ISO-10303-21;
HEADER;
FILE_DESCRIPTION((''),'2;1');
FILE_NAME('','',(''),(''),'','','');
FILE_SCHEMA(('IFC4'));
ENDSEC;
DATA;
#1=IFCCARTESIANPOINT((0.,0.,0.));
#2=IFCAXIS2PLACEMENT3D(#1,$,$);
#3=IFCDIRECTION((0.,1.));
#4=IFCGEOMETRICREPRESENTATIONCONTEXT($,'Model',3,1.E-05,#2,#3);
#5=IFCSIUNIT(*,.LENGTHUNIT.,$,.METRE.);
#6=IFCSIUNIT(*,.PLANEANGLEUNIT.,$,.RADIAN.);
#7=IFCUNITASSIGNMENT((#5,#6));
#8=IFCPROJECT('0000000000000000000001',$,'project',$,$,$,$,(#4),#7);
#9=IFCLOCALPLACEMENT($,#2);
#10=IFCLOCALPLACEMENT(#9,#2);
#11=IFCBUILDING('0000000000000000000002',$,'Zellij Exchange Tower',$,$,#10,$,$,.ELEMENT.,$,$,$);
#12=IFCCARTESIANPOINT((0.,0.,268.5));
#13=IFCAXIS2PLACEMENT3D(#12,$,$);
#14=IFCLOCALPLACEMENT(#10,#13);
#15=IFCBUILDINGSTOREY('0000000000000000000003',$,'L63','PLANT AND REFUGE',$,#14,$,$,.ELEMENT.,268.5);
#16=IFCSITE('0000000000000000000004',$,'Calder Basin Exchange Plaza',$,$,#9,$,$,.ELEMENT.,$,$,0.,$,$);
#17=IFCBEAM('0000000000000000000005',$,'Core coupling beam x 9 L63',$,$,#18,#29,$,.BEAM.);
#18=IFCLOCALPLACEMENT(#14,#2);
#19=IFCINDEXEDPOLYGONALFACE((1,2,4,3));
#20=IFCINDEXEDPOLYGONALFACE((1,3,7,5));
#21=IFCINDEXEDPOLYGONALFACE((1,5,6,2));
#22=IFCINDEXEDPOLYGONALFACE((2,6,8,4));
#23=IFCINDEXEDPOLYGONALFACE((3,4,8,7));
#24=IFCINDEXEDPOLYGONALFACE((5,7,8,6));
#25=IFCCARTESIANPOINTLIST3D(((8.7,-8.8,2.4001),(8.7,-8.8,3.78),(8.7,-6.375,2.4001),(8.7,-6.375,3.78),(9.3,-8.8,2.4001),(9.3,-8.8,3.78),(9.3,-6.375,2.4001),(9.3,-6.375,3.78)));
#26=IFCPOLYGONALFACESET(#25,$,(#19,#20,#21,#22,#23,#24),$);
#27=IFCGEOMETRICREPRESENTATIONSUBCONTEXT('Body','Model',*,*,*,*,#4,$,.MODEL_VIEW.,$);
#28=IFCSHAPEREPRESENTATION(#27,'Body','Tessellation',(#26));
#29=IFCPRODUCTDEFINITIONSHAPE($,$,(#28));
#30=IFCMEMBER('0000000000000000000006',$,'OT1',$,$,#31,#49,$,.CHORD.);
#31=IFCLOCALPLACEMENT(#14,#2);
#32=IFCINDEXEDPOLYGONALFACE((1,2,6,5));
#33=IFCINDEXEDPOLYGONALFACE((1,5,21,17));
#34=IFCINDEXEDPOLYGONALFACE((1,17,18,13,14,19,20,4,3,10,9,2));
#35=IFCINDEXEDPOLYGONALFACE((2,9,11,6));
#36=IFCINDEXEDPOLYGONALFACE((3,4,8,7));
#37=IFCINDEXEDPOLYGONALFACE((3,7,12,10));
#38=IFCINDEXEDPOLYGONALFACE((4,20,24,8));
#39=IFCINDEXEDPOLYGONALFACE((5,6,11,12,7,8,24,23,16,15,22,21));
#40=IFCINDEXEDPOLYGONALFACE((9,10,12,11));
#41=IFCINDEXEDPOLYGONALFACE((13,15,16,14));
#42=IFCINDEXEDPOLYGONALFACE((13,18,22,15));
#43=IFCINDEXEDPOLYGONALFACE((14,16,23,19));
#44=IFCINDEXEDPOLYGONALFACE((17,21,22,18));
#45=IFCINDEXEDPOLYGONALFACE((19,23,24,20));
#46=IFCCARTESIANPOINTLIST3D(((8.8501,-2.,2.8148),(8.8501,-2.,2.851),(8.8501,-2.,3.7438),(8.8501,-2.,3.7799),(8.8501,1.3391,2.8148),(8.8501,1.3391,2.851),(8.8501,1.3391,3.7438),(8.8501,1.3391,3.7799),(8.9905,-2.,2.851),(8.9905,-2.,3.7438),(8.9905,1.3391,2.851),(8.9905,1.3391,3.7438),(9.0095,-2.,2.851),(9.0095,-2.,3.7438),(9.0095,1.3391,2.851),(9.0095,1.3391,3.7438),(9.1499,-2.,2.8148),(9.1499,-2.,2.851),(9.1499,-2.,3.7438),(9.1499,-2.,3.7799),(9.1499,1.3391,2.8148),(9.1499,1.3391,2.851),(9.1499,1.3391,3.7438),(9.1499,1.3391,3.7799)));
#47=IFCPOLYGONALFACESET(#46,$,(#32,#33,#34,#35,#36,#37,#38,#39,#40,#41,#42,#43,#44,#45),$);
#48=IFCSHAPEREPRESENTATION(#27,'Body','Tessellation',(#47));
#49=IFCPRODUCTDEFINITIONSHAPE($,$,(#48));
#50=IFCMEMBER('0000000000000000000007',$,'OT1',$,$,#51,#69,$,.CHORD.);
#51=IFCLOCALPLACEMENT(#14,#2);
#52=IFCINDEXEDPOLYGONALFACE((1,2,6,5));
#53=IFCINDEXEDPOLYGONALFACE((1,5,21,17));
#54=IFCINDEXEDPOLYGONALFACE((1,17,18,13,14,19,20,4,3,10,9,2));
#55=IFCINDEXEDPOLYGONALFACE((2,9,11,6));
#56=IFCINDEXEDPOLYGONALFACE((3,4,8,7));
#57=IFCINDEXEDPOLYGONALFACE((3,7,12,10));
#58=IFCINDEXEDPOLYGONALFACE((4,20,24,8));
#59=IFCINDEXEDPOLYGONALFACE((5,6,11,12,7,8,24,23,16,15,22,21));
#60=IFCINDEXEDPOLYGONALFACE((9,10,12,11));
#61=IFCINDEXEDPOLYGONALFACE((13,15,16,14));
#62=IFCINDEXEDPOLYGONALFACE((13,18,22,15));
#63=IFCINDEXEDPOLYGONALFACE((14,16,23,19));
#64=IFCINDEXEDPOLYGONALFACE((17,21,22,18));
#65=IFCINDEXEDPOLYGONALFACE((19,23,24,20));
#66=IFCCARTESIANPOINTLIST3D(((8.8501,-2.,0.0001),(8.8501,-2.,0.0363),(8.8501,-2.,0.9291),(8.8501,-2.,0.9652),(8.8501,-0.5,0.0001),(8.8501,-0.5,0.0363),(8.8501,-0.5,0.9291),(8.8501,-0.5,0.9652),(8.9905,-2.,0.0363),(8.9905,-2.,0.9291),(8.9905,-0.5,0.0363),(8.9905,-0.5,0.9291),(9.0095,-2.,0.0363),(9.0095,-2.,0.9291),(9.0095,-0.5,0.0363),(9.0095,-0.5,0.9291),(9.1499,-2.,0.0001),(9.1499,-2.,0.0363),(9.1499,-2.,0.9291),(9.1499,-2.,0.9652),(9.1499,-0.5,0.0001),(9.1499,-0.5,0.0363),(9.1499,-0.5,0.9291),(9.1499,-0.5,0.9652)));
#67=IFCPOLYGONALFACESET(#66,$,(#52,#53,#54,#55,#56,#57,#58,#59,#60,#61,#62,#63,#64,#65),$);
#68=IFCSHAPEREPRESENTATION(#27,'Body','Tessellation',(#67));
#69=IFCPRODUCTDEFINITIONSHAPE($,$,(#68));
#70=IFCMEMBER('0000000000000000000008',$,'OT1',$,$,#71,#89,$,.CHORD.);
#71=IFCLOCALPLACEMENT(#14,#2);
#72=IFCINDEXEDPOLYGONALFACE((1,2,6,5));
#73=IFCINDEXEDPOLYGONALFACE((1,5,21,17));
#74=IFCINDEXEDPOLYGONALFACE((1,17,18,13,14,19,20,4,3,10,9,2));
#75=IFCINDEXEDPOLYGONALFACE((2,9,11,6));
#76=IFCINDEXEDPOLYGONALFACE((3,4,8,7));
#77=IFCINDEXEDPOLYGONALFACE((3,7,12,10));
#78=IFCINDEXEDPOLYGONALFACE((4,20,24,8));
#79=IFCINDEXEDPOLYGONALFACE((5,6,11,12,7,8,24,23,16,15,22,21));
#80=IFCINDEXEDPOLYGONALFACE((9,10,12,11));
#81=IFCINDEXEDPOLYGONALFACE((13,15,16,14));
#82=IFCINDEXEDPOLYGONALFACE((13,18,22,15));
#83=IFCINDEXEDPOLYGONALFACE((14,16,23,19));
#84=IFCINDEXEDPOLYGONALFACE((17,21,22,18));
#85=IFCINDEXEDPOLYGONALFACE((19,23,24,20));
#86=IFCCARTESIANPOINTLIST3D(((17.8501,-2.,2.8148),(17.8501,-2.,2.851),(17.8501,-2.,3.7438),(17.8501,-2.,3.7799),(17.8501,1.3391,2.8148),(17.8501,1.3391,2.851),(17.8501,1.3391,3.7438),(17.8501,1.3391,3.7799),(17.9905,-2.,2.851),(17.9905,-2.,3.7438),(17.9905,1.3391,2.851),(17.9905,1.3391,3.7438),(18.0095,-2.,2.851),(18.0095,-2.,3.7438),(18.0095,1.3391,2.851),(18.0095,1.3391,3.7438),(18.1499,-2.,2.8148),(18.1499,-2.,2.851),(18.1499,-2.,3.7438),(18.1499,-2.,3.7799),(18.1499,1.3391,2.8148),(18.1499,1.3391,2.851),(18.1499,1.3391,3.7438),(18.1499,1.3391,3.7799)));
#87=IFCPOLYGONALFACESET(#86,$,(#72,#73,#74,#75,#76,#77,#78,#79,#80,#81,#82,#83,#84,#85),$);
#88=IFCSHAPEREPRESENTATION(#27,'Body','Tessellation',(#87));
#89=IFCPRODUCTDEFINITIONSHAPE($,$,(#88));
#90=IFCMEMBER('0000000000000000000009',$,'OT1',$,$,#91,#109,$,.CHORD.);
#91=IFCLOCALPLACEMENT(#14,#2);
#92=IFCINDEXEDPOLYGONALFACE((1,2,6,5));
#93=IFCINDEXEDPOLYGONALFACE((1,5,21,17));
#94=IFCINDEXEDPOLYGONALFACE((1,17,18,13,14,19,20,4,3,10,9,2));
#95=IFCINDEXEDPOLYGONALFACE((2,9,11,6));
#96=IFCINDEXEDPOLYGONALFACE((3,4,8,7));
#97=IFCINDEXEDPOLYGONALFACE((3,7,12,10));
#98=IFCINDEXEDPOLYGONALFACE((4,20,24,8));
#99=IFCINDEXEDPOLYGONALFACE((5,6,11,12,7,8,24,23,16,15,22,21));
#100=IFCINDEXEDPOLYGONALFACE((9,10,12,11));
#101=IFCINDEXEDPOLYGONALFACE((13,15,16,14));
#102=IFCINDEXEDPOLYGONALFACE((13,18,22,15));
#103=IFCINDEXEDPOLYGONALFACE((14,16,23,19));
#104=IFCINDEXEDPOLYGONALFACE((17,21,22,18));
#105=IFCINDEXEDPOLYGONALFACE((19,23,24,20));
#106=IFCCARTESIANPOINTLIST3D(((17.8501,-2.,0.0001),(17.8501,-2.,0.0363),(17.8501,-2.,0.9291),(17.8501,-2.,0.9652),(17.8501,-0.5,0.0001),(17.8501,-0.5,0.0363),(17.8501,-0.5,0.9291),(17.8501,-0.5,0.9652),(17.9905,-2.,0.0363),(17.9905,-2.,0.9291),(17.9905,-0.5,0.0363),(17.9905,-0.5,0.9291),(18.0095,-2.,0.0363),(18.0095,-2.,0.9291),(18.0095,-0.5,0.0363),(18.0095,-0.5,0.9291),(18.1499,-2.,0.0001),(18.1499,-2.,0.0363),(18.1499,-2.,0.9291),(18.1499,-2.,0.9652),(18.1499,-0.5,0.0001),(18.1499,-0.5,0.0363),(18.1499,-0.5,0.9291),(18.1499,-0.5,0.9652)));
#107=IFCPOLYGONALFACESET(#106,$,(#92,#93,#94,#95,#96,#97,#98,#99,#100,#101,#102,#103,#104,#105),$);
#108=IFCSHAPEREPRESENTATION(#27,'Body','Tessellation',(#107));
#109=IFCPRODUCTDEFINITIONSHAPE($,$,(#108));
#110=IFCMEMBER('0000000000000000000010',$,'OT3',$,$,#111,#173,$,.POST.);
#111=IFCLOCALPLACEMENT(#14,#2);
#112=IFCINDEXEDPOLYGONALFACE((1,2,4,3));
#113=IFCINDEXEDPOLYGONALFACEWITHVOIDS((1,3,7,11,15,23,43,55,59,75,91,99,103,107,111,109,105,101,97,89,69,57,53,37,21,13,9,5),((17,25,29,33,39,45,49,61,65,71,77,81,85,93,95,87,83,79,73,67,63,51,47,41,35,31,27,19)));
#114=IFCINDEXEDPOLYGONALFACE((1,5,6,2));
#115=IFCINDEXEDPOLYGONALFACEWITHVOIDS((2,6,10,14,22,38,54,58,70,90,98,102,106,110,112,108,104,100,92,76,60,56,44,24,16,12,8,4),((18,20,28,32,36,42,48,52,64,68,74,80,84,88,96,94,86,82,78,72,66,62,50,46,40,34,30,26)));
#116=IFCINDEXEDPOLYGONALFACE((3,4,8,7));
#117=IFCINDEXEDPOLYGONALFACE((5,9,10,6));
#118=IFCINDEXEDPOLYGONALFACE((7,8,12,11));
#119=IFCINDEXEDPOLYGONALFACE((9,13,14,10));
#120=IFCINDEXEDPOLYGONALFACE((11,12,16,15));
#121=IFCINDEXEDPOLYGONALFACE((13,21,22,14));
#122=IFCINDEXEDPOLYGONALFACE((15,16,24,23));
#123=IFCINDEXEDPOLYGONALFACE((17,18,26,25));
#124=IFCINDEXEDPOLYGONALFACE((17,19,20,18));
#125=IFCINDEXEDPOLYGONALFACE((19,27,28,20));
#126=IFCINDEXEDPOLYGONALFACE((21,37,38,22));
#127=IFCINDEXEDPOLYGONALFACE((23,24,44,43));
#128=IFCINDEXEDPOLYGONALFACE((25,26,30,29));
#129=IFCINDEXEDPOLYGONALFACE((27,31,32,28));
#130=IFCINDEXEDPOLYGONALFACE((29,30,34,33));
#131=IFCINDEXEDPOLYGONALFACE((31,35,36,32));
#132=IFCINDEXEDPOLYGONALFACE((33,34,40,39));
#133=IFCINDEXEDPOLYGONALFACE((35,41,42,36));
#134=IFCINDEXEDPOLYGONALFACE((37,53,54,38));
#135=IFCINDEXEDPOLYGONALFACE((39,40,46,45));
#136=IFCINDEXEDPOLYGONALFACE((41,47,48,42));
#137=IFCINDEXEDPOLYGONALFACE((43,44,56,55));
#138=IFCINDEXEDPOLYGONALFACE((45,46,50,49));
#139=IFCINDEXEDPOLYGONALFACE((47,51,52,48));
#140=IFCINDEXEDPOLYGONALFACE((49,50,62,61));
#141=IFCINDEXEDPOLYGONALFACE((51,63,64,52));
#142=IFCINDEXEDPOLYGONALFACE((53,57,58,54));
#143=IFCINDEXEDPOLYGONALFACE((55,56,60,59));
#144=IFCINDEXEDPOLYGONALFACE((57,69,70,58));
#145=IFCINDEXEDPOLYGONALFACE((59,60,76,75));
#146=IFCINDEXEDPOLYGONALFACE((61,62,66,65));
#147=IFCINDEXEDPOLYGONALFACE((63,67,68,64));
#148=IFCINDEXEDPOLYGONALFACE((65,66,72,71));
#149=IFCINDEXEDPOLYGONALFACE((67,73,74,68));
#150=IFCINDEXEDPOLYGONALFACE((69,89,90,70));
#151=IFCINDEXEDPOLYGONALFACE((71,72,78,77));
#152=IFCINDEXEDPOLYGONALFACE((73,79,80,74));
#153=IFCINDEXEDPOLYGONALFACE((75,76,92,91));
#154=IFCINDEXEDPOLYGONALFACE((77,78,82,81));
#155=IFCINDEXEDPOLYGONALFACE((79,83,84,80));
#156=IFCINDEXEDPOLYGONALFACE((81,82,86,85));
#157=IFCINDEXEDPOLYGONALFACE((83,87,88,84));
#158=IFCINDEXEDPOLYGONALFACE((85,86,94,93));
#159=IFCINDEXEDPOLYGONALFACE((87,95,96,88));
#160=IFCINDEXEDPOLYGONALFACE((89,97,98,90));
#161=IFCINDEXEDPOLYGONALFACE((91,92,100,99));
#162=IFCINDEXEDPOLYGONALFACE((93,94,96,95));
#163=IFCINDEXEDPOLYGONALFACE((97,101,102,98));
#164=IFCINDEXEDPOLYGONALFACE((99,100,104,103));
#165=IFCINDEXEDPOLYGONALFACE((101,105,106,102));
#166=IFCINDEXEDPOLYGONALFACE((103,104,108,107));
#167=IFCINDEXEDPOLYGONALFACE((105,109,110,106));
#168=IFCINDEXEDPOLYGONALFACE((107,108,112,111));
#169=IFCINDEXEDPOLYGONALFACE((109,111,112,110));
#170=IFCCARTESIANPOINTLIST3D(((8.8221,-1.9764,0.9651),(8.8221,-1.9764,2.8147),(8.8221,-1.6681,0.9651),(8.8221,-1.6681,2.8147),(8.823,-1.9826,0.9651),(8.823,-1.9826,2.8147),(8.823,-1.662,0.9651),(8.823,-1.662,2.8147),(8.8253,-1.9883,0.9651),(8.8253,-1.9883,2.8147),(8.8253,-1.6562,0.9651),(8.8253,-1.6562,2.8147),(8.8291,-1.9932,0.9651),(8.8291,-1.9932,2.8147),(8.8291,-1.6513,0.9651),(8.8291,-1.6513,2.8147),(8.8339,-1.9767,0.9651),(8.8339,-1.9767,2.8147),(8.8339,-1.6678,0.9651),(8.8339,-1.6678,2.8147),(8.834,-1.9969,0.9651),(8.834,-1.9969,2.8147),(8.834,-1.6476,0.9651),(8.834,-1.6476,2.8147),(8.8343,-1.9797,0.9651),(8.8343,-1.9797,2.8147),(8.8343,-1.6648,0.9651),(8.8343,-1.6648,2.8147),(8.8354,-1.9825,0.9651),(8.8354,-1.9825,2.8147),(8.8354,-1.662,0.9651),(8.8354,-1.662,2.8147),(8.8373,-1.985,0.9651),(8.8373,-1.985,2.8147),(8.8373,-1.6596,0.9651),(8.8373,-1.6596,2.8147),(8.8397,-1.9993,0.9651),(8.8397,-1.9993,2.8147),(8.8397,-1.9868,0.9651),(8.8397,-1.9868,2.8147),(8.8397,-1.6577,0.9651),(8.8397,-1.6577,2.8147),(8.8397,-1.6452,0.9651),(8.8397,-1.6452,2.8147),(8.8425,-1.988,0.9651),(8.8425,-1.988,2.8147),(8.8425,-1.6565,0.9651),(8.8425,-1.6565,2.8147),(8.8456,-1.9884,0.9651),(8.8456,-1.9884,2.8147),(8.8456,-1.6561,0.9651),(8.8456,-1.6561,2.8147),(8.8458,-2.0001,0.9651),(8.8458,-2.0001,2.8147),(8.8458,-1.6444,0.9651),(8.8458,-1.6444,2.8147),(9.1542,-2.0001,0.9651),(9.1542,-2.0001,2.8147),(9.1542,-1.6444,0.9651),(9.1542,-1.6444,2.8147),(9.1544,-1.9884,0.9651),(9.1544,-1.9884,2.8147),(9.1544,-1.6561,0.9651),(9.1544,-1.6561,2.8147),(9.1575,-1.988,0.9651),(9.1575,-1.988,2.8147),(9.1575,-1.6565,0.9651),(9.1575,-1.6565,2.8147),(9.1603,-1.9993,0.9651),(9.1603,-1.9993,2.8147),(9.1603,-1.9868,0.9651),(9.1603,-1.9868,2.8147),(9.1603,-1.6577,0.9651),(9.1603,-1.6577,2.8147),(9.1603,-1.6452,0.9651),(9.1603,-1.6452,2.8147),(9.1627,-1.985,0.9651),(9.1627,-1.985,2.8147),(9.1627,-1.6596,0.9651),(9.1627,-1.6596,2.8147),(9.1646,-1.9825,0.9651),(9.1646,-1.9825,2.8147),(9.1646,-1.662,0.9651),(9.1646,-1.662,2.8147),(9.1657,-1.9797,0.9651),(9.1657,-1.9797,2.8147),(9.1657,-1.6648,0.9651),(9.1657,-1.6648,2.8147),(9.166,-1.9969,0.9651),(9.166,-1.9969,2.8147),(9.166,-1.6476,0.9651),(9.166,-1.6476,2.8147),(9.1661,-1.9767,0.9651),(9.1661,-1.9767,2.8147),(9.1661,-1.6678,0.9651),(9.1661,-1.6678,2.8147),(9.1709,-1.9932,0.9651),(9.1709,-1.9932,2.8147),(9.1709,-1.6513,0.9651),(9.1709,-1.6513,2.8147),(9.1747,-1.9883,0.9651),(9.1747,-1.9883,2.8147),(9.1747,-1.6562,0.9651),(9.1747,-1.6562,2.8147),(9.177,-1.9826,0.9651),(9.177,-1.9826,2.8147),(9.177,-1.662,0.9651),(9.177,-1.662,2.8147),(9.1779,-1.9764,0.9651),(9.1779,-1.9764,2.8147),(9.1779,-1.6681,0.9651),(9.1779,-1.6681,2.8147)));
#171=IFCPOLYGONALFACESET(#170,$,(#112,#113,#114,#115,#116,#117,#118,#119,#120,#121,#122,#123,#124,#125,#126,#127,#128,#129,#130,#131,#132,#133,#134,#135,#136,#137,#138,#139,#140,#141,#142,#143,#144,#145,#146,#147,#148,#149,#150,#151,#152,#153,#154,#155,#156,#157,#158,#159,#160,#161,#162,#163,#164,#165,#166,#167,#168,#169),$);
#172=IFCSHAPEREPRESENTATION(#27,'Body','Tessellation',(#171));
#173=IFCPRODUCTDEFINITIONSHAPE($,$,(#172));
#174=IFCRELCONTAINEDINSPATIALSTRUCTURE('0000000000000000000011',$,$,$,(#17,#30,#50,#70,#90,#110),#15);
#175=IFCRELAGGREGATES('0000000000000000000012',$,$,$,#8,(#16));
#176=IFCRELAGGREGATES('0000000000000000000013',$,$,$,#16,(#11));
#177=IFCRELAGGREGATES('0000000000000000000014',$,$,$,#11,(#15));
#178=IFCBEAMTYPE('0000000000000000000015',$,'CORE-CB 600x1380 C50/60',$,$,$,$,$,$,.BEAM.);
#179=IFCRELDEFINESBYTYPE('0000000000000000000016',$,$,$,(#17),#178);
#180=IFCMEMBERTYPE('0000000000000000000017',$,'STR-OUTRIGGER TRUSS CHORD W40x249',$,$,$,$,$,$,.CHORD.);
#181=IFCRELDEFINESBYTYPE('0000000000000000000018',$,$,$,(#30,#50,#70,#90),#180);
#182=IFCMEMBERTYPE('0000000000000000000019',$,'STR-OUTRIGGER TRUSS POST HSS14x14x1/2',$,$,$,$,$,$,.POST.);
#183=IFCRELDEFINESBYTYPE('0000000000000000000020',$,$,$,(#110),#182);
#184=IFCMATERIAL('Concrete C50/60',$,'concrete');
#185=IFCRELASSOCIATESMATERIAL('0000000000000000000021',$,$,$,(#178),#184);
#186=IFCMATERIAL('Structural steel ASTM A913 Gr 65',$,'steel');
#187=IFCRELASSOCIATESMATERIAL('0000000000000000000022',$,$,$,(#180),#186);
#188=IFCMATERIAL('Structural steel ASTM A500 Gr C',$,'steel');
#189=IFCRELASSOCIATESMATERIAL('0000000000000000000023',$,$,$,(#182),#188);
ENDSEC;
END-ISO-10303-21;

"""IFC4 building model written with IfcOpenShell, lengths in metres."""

from ifc_helpers import new_model, si_unit, direction, frame, origin, origin_2d, place, context, subcontext, project, spatial, rectangle, hollow_rectangle, i_section, extrude, material, material_profile, profile_set, type_object, element, save


model = new_model("IFC4")

# Units and contexts
model_context = context("Model", 3, precision=1e-05, world=origin(), true_north=direction((0.0, 1.0)))
body_context = subcontext(model_context, "Body", "Model", "MODEL_VIEW")
ifc_project = project(units=[si_unit("LENGTHUNIT", "METRE"), si_unit("PLANEANGLEUNIT", "RADIAN")], contexts=[model_context])

# Site, building, storey
site_placement = place(None, origin())
site = spatial("IfcSite", under=ifc_project, at=site_placement, Name="Calder Basin Exchange Plaza", CompositionType="ELEMENT", RefElevation=0.0)
building_placement = place(site_placement, origin())
building = spatial("IfcBuilding", under=site, at=building_placement, Name="Zellij Exchange Tower", CompositionType="ELEMENT")
storey_placement = place(building_placement, frame((0.0, 0.0, 268.5)))
storey = spatial("IfcBuildingStorey", under=building, at=storey_placement, Name="L63", Description="PLANT AND REFUGE", CompositionType="ELEMENT", Elevation=268.5)

# Beam
ifc_material_1 = material(Name="Concrete C50/60", Category="concrete")
ifc_material_profile_1 = material_profile(ifc_material_1, rectangle(XDim=0.6001, YDim=1.3799, at=origin_2d()), Name="CORE-CB 600x1380 C50/60")
ifc_profile_set_1 = profile_set([ifc_material_profile_1], Name="Concrete C50/60")
beam_type = type_object("IfcBeamType", Name="CORE-CB 600x1380 C50/60", PredefinedType="BEAM", material=ifc_profile_set_1)
beam_placement = place(storey_placement, frame((9.0, -8.8, 3.0901), z_axis=(0.0, 1.0, 0.0), x_axis=(-1.0, 0.0, 0.0)))
element("IfcBeam", 1, at=beam_placement, inside=storey, type_object=beam_type, Name="Core coupling beam x 9 L63", PredefinedType="BEAM", context=body_context, shape_type="SweptSolid", body=[
    extrude(rectangle(XDim=0.6001, YDim=1.3799, at=origin_2d()), origin(), (0.0, 0.0, 1.0), 2.425),
])

# Members
ifc_material_2 = material(Name="Structural steel ASTM A913 Gr 65", Category="steel")
ifc_material_profile_2 = material_profile(ifc_material_2, i_section(OverallWidth=0.2998, OverallDepth=0.9651, WebThickness=0.019, FlangeThickness=0.0361, at=origin_2d()), Name="W40x249")
ifc_profile_set_2 = profile_set([ifc_material_profile_2], Name="Structural steel ASTM A913 Gr 65")
member_type_1 = type_object("IfcMemberType", Name="STR-OUTRIGGER TRUSS CHORD W40x249", PredefinedType="CHORD", material=ifc_profile_set_2)
member_1_placement = place(storey_placement, frame((9.0, -2.0, 3.2974), z_axis=(0.0, 1.0, 0.0), x_axis=(-1.0, 0.0, 0.0)))
element("IfcMember", 2, at=member_1_placement, inside=storey, type_object=member_type_1, Name="OT1", PredefinedType="CHORD", context=body_context, shape_type="SweptSolid", body=[
    extrude(i_section(OverallWidth=0.2998, OverallDepth=0.9651, WebThickness=0.019, FlangeThickness=0.0361, at=origin_2d()), origin(), (0.0, 0.0, 1.0), 3.3391),
])
member_2_placement = place(storey_placement, frame((9.0, -2.0, 0.4827), z_axis=(0.0, 1.0, 0.0), x_axis=(-1.0, 0.0, 0.0)))
element("IfcMember", 3, at=member_2_placement, inside=storey, type_object=member_type_1, Name="OT1", PredefinedType="CHORD", context=body_context, shape_type="SweptSolid", body=[
    extrude(i_section(OverallWidth=0.2998, OverallDepth=0.9651, WebThickness=0.019, FlangeThickness=0.0361, at=origin_2d()), origin(), (0.0, 0.0, 1.0), 1.5),
])
member_3_placement = place(storey_placement, frame((18.0, -2.0, 3.2974), z_axis=(0.0, 1.0, 0.0), x_axis=(-1.0, 0.0, 0.0)))
element("IfcMember", 4, at=member_3_placement, inside=storey, type_object=member_type_1, Name="OT1", PredefinedType="CHORD", context=body_context, shape_type="SweptSolid", body=[
    extrude(i_section(OverallWidth=0.2998, OverallDepth=0.9651, WebThickness=0.019, FlangeThickness=0.0361, at=origin_2d()), origin(), (0.0, 0.0, 1.0), 3.3391),
])
member_4_placement = place(storey_placement, frame((18.0, -2.0, 0.4827), z_axis=(0.0, 1.0, 0.0), x_axis=(-1.0, 0.0, 0.0)))
element("IfcMember", 5, at=member_4_placement, inside=storey, type_object=member_type_1, Name="OT1", PredefinedType="CHORD", context=body_context, shape_type="SweptSolid", body=[
    extrude(i_section(OverallWidth=0.2998, OverallDepth=0.9651, WebThickness=0.019, FlangeThickness=0.0361, at=origin_2d()), origin(), (0.0, 0.0, 1.0), 1.5),
])
ifc_material_3 = material(Name="Structural steel ASTM A500 Gr C", Category="steel")
ifc_material_profile_3 = material_profile(ifc_material_3, hollow_rectangle(XDim=0.3557, YDim=0.3557, WallThickness=0.0117, InnerFilletRadius=0.0117, OuterFilletRadius=0.0237, at=origin_2d()), Name="STR-OUTRIGGER TRUSS POST HSS14x14x1/2")
ifc_profile_set_3 = profile_set([ifc_material_profile_3], Name="Structural steel ASTM A500 Gr C")
member_type_2 = type_object("IfcMemberType", Name="STR-OUTRIGGER TRUSS POST HSS14x14x1/2", PredefinedType="POST", material=ifc_profile_set_3)
for number, where, z_axis, x_axis, name in (
    (6, (9.0, -1.8223, 0.9651), (0.0, 0.0, 1.0), (1.0, 0.0, 0.0), "OT3"),
):
    element("IfcMember", number, at=place(storey_placement, frame(where, z_axis=z_axis, x_axis=x_axis)), inside=storey, type_object=member_type_2, Name=name, PredefinedType="POST", context=body_context, shape_type="SweptSolid", body=[
        extrude(hollow_rectangle(XDim=0.3557, YDim=0.3557, WallThickness=0.0117, InnerFilletRadius=0.0117, OuterFilletRadius=0.0237, at=origin_2d()), origin(), (0.0, 0.0, 1.0), 1.8496),
    ])

save(model, "model.ifc")
